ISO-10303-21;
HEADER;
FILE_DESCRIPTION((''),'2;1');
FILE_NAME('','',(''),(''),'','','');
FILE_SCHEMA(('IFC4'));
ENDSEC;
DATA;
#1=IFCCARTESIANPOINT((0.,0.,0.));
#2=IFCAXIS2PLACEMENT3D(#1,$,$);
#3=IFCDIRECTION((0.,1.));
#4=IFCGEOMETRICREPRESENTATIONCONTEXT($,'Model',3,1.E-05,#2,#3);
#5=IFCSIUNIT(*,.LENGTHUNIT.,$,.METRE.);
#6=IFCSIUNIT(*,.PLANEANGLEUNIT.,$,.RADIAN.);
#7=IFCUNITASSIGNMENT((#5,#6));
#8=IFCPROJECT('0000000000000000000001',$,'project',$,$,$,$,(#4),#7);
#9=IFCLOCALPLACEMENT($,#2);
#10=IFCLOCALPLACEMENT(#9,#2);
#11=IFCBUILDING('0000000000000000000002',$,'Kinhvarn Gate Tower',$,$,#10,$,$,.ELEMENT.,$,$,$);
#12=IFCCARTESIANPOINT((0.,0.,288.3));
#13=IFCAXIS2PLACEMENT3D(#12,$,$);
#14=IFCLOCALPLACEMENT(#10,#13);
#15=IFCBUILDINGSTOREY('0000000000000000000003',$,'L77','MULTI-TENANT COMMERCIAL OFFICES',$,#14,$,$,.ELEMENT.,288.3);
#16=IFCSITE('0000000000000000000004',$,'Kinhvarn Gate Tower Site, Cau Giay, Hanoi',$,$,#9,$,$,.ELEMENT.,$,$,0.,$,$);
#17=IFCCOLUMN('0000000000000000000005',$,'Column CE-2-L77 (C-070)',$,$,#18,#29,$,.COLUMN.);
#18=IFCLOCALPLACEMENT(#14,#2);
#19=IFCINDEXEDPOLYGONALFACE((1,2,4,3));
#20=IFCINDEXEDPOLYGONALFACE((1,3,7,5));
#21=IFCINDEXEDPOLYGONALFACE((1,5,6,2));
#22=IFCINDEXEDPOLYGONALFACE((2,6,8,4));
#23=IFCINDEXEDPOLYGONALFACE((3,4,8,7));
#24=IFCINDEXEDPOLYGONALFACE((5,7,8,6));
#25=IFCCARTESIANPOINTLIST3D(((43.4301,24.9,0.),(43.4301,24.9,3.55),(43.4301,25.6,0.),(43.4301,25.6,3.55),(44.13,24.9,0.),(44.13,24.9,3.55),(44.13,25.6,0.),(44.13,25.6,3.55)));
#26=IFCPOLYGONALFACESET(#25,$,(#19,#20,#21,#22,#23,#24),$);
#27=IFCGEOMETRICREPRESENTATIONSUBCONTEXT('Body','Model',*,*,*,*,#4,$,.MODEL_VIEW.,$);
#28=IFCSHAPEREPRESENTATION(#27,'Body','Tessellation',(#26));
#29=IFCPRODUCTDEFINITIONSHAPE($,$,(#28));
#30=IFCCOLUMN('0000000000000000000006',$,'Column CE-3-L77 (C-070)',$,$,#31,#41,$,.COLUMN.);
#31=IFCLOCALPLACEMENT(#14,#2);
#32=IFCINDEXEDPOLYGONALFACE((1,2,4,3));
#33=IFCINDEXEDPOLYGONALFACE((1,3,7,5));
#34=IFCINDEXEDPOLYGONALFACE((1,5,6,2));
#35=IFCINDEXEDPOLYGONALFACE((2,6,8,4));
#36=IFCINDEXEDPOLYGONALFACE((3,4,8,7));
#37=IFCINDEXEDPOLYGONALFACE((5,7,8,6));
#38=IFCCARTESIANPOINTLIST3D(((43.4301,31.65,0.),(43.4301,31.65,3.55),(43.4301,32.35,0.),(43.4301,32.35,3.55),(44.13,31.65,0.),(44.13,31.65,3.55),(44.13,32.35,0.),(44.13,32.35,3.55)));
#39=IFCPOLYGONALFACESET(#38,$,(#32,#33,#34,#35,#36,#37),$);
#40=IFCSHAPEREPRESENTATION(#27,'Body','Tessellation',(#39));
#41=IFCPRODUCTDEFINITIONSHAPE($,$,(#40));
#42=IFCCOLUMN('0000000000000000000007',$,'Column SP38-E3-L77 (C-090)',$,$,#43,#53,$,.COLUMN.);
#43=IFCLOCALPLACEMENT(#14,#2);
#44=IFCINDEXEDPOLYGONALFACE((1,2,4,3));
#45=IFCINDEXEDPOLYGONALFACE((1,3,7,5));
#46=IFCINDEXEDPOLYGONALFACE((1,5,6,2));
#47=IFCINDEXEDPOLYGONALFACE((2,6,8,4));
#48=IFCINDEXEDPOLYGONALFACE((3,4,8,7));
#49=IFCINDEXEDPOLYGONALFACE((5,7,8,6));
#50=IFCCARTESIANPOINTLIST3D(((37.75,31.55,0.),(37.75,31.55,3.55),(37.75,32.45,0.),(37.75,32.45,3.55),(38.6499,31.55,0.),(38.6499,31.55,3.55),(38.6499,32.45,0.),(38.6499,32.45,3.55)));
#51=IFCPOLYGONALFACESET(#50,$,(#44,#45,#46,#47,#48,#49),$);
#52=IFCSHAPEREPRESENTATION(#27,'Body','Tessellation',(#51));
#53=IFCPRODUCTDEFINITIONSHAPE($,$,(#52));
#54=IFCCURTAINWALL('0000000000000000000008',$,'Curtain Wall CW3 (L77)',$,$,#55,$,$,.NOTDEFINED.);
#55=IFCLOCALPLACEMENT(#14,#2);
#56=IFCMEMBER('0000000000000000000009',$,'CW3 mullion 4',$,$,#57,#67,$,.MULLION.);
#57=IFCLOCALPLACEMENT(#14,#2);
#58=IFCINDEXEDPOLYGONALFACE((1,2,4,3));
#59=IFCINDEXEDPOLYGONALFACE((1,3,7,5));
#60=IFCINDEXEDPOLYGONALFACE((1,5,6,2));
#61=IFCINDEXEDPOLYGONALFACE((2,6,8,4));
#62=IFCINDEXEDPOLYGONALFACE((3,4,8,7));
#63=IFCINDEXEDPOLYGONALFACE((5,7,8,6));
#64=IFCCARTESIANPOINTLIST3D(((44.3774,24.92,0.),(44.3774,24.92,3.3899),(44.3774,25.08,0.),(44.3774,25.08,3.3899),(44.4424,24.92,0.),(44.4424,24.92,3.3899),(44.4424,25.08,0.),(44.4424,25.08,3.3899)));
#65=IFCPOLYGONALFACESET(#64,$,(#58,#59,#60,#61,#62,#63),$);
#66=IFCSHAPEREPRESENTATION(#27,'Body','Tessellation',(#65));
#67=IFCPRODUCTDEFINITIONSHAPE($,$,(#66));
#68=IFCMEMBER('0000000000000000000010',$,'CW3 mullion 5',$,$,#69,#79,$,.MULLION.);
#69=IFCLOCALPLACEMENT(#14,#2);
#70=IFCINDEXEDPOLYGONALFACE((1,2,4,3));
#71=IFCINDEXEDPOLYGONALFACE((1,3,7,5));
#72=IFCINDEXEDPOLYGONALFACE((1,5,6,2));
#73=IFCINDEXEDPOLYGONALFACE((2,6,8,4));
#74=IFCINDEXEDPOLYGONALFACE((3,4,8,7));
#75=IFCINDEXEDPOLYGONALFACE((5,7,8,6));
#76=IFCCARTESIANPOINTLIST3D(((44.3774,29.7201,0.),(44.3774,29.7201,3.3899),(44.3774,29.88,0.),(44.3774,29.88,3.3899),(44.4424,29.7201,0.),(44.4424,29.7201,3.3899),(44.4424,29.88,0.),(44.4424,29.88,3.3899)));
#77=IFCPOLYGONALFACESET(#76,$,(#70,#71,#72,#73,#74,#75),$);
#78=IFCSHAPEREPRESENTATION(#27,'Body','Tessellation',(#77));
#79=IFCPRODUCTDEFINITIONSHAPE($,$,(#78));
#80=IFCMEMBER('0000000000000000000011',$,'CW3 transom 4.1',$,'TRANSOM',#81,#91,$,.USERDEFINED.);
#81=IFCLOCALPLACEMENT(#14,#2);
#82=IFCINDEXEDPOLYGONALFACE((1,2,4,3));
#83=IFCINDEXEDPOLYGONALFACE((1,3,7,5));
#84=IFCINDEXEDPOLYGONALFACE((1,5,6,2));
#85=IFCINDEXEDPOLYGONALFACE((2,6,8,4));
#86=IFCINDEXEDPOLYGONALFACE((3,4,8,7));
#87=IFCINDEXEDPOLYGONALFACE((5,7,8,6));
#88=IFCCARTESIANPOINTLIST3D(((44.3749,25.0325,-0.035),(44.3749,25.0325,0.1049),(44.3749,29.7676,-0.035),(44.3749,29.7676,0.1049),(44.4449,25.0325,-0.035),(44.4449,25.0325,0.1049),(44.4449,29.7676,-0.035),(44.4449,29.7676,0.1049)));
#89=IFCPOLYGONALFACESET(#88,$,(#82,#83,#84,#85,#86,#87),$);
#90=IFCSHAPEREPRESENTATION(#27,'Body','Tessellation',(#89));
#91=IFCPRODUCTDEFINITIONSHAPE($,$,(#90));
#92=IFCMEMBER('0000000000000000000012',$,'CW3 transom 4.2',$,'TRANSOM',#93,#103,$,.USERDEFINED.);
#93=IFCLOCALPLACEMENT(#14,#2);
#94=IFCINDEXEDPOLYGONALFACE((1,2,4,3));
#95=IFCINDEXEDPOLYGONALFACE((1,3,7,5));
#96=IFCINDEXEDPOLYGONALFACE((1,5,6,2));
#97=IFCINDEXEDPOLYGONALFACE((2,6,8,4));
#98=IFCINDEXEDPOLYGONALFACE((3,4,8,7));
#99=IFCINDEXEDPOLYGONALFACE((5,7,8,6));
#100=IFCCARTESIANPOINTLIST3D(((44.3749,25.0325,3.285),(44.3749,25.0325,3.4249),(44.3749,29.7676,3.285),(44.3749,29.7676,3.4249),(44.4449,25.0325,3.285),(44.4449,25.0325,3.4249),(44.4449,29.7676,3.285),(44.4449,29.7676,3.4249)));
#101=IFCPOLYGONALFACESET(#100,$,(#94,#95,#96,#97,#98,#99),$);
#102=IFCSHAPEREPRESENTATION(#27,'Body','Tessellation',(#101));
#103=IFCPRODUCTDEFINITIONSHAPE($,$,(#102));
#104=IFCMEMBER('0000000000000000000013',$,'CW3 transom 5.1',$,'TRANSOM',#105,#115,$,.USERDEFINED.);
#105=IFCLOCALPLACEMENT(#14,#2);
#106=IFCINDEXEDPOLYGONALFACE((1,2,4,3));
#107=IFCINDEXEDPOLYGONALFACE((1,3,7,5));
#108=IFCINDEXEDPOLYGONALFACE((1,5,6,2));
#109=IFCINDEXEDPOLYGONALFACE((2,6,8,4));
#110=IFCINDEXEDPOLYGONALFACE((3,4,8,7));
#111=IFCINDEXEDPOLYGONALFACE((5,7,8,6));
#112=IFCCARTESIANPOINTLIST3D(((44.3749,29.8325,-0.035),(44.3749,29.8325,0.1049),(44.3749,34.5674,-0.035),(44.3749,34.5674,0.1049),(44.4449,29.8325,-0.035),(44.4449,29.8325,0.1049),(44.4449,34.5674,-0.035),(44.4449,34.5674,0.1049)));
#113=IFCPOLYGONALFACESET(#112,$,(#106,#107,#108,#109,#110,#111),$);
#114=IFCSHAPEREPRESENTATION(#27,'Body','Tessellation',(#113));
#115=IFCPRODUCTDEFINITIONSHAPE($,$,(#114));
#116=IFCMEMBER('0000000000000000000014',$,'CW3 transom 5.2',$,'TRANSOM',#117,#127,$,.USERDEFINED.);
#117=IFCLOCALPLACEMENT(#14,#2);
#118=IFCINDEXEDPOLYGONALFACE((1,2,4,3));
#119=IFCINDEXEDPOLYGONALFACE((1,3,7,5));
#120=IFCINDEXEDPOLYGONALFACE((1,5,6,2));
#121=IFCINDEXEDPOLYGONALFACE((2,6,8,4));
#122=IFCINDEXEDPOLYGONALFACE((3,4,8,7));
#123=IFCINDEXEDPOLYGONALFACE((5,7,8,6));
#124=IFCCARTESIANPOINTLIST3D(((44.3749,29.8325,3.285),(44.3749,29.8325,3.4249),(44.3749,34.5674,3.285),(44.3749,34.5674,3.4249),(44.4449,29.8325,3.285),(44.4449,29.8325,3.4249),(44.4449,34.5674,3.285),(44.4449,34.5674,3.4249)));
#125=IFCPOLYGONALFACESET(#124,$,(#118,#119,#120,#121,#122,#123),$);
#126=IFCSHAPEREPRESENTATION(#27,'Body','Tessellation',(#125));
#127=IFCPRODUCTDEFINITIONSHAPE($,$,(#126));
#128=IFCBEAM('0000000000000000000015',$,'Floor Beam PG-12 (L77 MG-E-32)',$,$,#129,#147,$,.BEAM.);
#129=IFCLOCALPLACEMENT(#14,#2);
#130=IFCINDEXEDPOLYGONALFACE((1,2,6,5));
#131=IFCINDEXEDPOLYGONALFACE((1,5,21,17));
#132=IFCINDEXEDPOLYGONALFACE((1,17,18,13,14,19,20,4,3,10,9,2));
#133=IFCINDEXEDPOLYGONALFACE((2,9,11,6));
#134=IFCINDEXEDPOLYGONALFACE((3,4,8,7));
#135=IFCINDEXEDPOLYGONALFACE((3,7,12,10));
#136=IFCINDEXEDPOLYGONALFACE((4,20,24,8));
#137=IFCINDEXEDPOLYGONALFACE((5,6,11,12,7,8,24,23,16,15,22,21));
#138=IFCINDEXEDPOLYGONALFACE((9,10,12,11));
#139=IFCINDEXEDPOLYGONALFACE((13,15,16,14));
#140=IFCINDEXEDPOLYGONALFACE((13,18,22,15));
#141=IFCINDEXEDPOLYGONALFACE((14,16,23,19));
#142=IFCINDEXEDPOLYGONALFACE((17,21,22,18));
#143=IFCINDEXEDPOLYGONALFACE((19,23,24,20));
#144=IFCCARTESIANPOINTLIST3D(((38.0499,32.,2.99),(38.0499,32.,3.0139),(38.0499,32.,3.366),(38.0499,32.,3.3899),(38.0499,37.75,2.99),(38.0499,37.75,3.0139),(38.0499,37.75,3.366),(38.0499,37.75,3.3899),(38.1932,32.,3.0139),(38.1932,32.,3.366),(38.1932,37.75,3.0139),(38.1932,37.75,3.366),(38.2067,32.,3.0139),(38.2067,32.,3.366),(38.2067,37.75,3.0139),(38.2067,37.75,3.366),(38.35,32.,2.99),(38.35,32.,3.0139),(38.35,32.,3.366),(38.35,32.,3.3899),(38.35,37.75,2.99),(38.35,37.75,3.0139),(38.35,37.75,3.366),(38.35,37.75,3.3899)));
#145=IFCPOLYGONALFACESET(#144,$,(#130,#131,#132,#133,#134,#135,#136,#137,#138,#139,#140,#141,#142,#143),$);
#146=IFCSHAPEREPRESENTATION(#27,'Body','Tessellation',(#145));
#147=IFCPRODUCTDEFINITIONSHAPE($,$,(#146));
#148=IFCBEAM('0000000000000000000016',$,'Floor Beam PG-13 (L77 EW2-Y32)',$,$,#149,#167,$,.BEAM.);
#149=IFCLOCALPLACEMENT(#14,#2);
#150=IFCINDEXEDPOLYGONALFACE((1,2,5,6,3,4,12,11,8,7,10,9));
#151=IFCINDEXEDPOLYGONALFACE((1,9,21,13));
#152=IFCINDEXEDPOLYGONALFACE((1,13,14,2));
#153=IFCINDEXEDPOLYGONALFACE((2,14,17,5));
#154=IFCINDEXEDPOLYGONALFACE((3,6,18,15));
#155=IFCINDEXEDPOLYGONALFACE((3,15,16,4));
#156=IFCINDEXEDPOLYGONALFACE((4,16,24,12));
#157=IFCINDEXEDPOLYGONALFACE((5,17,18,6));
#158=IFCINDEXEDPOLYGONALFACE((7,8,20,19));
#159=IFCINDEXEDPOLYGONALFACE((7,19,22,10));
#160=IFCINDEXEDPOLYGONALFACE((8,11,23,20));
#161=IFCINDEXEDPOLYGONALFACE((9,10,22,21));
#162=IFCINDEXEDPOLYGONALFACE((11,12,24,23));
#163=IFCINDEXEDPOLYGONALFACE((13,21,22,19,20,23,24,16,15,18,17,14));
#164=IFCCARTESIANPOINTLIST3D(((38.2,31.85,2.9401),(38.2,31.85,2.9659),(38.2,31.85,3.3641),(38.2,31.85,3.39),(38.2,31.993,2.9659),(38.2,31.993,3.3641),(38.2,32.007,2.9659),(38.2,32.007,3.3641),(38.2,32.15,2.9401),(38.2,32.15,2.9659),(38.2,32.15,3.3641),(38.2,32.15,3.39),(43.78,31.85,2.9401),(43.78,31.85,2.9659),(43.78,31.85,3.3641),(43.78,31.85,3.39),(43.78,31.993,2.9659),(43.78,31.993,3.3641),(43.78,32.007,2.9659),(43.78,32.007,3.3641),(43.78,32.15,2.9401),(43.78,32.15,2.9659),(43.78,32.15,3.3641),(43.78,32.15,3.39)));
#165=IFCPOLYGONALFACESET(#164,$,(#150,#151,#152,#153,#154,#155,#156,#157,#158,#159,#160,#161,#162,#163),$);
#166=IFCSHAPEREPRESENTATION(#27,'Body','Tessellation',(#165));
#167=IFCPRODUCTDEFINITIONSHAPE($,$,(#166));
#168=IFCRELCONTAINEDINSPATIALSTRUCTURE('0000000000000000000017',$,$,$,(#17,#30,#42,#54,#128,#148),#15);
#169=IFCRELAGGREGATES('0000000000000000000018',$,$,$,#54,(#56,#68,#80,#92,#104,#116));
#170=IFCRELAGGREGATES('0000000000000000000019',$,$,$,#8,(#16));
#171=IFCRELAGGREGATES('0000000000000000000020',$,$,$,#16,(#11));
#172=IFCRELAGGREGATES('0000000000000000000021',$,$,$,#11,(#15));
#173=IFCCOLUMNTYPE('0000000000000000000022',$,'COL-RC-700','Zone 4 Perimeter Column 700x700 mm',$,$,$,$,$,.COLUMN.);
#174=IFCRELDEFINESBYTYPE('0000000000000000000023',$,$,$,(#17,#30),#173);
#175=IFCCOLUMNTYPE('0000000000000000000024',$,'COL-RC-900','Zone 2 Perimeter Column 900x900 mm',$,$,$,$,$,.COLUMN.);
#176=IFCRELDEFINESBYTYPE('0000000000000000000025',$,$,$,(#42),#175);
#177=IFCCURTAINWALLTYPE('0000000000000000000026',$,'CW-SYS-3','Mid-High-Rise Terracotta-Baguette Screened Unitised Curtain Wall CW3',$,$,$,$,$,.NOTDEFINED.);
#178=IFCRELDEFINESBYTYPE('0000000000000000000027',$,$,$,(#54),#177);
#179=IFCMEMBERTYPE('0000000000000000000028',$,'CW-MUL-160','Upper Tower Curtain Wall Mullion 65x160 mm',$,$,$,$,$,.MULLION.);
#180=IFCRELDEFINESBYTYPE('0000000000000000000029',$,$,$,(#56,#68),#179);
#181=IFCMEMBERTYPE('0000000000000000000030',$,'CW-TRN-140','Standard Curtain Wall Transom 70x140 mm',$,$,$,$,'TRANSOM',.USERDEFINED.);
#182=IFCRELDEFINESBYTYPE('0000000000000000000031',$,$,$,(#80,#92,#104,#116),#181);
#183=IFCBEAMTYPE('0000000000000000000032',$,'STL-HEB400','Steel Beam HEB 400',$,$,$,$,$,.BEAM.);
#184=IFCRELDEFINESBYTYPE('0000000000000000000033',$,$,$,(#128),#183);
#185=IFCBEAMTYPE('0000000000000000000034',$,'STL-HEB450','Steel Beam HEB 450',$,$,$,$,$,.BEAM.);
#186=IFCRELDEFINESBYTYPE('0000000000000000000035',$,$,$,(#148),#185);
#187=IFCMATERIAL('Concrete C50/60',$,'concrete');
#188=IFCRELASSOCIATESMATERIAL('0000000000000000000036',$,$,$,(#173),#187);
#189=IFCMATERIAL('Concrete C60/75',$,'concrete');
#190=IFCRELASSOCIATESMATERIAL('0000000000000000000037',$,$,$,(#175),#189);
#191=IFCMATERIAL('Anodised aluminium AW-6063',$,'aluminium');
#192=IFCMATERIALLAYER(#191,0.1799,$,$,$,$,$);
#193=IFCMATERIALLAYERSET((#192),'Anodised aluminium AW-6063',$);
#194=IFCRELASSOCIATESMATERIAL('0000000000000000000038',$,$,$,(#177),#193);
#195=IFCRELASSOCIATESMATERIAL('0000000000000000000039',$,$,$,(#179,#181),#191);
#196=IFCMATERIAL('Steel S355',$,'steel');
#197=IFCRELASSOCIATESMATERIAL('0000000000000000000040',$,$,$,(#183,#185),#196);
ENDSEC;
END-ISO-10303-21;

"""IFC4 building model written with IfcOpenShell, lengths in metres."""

from ifc_helpers import new_model, si_unit, direction, frame, origin, origin_2d, place, context, subcontext, project, spatial, rectangle, i_section, extrude, material, layer, layer_set, material_profile, profile_set, type_object, element, aggregate, save


model = new_model("IFC4")

# Units and contexts
model_context = context("Model", 3, precision=1e-05, world=origin(), true_north=direction((0.0, 1.0)))
body_context = subcontext(model_context, "Body", "Model", "MODEL_VIEW")
ifc_project = project(units=[si_unit("LENGTHUNIT", "METRE"), si_unit("PLANEANGLEUNIT", "RADIAN")], contexts=[model_context])

# Site, building, storey
site_placement = place(None, origin())
site = spatial("IfcSite", under=ifc_project, at=site_placement, Name="Kinhvarn Gate Tower Site, Cau Giay, Hanoi", CompositionType="ELEMENT", RefElevation=0.0)
building_placement = place(site_placement, origin())
building = spatial("IfcBuilding", under=site, at=building_placement, Name="Kinhvarn Gate Tower", CompositionType="ELEMENT")
storey_placement = place(building_placement, frame((0.0, 0.0, 288.3)))
storey = spatial("IfcBuildingStorey", under=building, at=storey_placement, Name="L77", Description="MULTI-TENANT COMMERCIAL OFFICES", CompositionType="ELEMENT", Elevation=288.3)

# Columns
ifc_material_1 = material(Name="Concrete C50/60", Category="concrete")
ifc_material_profile_1 = material_profile(ifc_material_1, rectangle(XDim=0.7, YDim=0.7, at=origin_2d()), Name="RC 700x700")
ifc_profile_set_1 = profile_set([ifc_material_profile_1], Name="Concrete C50/60")
column_type_1 = type_object("IfcColumnType", Name="COL-RC-700", Description="Zone 4 Perimeter Column 700x700 mm", PredefinedType="COLUMN", material=ifc_profile_set_1)
for number, where, z_axis, x_axis, name in (
    (1, (43.78, 25.25, 0.0), (0.0, 0.0, 1.0), (1.0, 0.0, 0.0), "Column CE-2-L77 (C-070)"),
    (2, (43.78, 32.0, 0.0), (0.0, 0.0, 1.0), (1.0, 0.0, 0.0), "Column CE-3-L77 (C-070)"),
):
    element("IfcColumn", number, at=place(storey_placement, frame(where, z_axis=z_axis, x_axis=x_axis)), inside=storey, type_object=column_type_1, Name=name, PredefinedType="COLUMN", context=body_context, shape_type="SweptSolid", body=[
        extrude(rectangle(XDim=0.7, YDim=0.7, at=origin_2d()), origin(), (0.0, 0.0, 1.0), 3.55),
    ])
ifc_material_2 = material(Name="Concrete C60/75", Category="concrete")
ifc_material_profile_2 = material_profile(ifc_material_2, rectangle(XDim=0.8999, YDim=0.8999, at=origin_2d()), Name="RC 900x900")
ifc_profile_set_2 = profile_set([ifc_material_profile_2], Name="Concrete C60/75")
column_type_2 = type_object("IfcColumnType", Name="COL-RC-900", Description="Zone 2 Perimeter Column 900x900 mm", PredefinedType="COLUMN", material=ifc_profile_set_2)
column_placement = place(storey_placement, frame((38.2, 32.0, 0.0), z_axis=(0.0, 0.0, 1.0), x_axis=(1.0, 0.0, 0.0)))
element("IfcColumn", 3, at=column_placement, inside=storey, type_object=column_type_2, Name="Column SP38-E3-L77 (C-090)", PredefinedType="COLUMN", context=body_context, shape_type="SweptSolid", body=[
    extrude(rectangle(XDim=0.8999, YDim=0.8999, at=origin_2d()), origin(), (0.0, 0.0, 1.0), 3.55),
])

# Curtain wall, members
ifc_material_3 = material(Name="Anodised aluminium AW-6063", Category="aluminium")
ifc_layer_1 = layer(ifc_material_3, 0.1799)
ifc_layer_set_1 = layer_set([ifc_layer_1], Name="Anodised aluminium AW-6063")
curtain_wall_type = type_object("IfcCurtainWallType", Name="CW-SYS-3", Description="Mid-High-Rise Terracotta-Baguette Screened Unitised Curtain Wall CW3", PredefinedType="NOTDEFINED", material=ifc_layer_set_1)
curtain_wall_placement = place(storey_placement, origin())
curtain_wall = element("IfcCurtainWall", 4, at=curtain_wall_placement, inside=storey, type_object=curtain_wall_type, Name="Curtain Wall CW3 (L77)", PredefinedType="NOTDEFINED")
ifc_material_profile_3 = material_profile(ifc_material_3, rectangle(XDim=0.0649, YDim=0.1599, at=origin_2d()), Name="ALU 65x160")
ifc_profile_set_3 = profile_set([ifc_material_profile_3], Name="Anodised aluminium AW-6063")
member_type_1 = type_object("IfcMemberType", Name="CW-MUL-160", Description="Upper Tower Curtain Wall Mullion 65x160 mm", PredefinedType="MULLION", material=ifc_profile_set_3)
member_1_placement = place(storey_placement, frame((44.4099, 25.0, 0.0), z_axis=(0.0, 0.0, 1.0), x_axis=(-1.0, 0.0, 0.0)))
member_1 = element("IfcMember", 5, at=member_1_placement, type_object=member_type_1, Name="CW3 mullion 4", PredefinedType="MULLION", context=body_context, shape_type="SweptSolid", body=[
    extrude(rectangle(XDim=0.0649, YDim=0.1599, at=origin_2d()), origin(), (0.0, 0.0, 1.0), 3.3899),
])
member_2_placement = place(storey_placement, frame((44.4099, 29.8, 0.0), z_axis=(0.0, 0.0, 1.0), x_axis=(-1.0, 0.0, 0.0)))
member_2 = element("IfcMember", 6, at=member_2_placement, type_object=member_type_1, Name="CW3 mullion 5", PredefinedType="MULLION", context=body_context, shape_type="SweptSolid", body=[
    extrude(rectangle(XDim=0.0649, YDim=0.1599, at=origin_2d()), origin(), (0.0, 0.0, 1.0), 3.3899),
])
ifc_material_profile_4 = material_profile(ifc_material_3, rectangle(XDim=0.0701, YDim=0.1399, at=origin_2d()), Name="ALU 70x140")
ifc_profile_set_4 = profile_set([ifc_material_profile_4], Name="Anodised aluminium AW-6063")
member_type_2 = type_object("IfcMemberType", Name="CW-TRN-140", Description="Standard Curtain Wall Transom 70x140 mm", ElementType="TRANSOM", PredefinedType="USERDEFINED", material=ifc_profile_set_4)
member_3_placement = place(storey_placement, frame((44.4099, 25.0325, 0.0349), z_axis=(0.0, 1.0, 0.0), x_axis=(-1.0, 0.0, 0.0)))
member_3 = element("IfcMember", 7, at=member_3_placement, type_object=member_type_2, Name="CW3 transom 4.1", ObjectType="TRANSOM", PredefinedType="USERDEFINED", context=body_context, shape_type="SweptSolid", body=[
    extrude(rectangle(XDim=0.0701, YDim=0.1399, at=origin_2d()), origin(), (0.0, 0.0, 1.0), 4.7351),
])
member_4_placement = place(storey_placement, frame((44.4099, 25.0325, 3.355), z_axis=(0.0, 1.0, 0.0), x_axis=(-1.0, 0.0, 0.0)))
member_4 = element("IfcMember", 8, at=member_4_placement, type_object=member_type_2, Name="CW3 transom 4.2", ObjectType="TRANSOM", PredefinedType="USERDEFINED", context=body_context, shape_type="SweptSolid", body=[
    extrude(rectangle(XDim=0.0701, YDim=0.1399, at=origin_2d()), origin(), (0.0, 0.0, 1.0), 4.7351),
])
member_5_placement = place(storey_placement, frame((44.4099, 29.8325, 0.0349), z_axis=(0.0, 1.0, 0.0), x_axis=(-1.0, 0.0, 0.0)))
member_5 = element("IfcMember", 9, at=member_5_placement, type_object=member_type_2, Name="CW3 transom 5.1", ObjectType="TRANSOM", PredefinedType="USERDEFINED", context=body_context, shape_type="SweptSolid", body=[
    extrude(rectangle(XDim=0.0701, YDim=0.1399, at=origin_2d()), origin(), (0.0, 0.0, 1.0), 4.7349),
])
member_6_placement = place(storey_placement, frame((44.4099, 29.8325, 3.355), z_axis=(0.0, 1.0, 0.0), x_axis=(-1.0, 0.0, 0.0)))
member_6 = element("IfcMember", 10, at=member_6_placement, type_object=member_type_2, Name="CW3 transom 5.2", ObjectType="TRANSOM", PredefinedType="USERDEFINED", context=body_context, shape_type="SweptSolid", body=[
    extrude(rectangle(XDim=0.0701, YDim=0.1399, at=origin_2d()), origin(), (0.0, 0.0, 1.0), 4.7349),
])

# Beams
ifc_material_4 = material(Name="Steel S355", Category="steel")
ifc_material_profile_5 = material_profile(ifc_material_4, i_section(OverallWidth=0.3, OverallDepth=0.3999, WebThickness=0.0134, FlangeThickness=0.0239, at=origin_2d()), Name="HEB 400")
ifc_profile_set_5 = profile_set([ifc_material_profile_5], Name="Steel S355")
beam_type_1 = type_object("IfcBeamType", Name="STL-HEB400", Description="Steel Beam HEB 400", PredefinedType="BEAM", material=ifc_profile_set_5)
beam_1_placement = place(storey_placement, frame((38.2, 32.0, 3.1899), z_axis=(0.0, 1.0, 0.0), x_axis=(-1.0, 0.0, 0.0)))
element("IfcBeam", 11, at=beam_1_placement, inside=storey, type_object=beam_type_1, Name="Floor Beam PG-12 (L77 MG-E-32)", PredefinedType="BEAM", context=body_context, shape_type="SweptSolid", body=[
    extrude(i_section(OverallWidth=0.3, OverallDepth=0.3999, WebThickness=0.0134, FlangeThickness=0.0239, at=origin_2d()), origin(), (0.0, 0.0, 1.0), 5.75),
])
ifc_material_profile_6 = material_profile(ifc_material_4, i_section(OverallWidth=0.3, OverallDepth=0.45, WebThickness=0.0139, FlangeThickness=0.0259, at=origin_2d()), Name="HEB 450")
ifc_profile_set_6 = profile_set([ifc_material_profile_6], Name="Steel S355")
beam_type_2 = type_object("IfcBeamType", Name="STL-HEB450", Description="Steel Beam HEB 450", PredefinedType="BEAM", material=ifc_profile_set_6)
beam_2_placement = place(storey_placement, frame((38.2, 32.0, 3.165), z_axis=(1.0, 0.0, 0.0), x_axis=(0.0, 1.0, 0.0)))
element("IfcBeam", 12, at=beam_2_placement, inside=storey, type_object=beam_type_2, Name="Floor Beam PG-13 (L77 EW2-Y32)", PredefinedType="BEAM", context=body_context, shape_type="SweptSolid", body=[
    extrude(i_section(OverallWidth=0.3, OverallDepth=0.45, WebThickness=0.0139, FlangeThickness=0.0259, at=origin_2d()), origin(), (0.0, 0.0, 1.0), 5.5801),
])

aggregate(curtain_wall, [member_1, member_2, member_3, member_4, member_5, member_6])

save(model, "model.ifc")
